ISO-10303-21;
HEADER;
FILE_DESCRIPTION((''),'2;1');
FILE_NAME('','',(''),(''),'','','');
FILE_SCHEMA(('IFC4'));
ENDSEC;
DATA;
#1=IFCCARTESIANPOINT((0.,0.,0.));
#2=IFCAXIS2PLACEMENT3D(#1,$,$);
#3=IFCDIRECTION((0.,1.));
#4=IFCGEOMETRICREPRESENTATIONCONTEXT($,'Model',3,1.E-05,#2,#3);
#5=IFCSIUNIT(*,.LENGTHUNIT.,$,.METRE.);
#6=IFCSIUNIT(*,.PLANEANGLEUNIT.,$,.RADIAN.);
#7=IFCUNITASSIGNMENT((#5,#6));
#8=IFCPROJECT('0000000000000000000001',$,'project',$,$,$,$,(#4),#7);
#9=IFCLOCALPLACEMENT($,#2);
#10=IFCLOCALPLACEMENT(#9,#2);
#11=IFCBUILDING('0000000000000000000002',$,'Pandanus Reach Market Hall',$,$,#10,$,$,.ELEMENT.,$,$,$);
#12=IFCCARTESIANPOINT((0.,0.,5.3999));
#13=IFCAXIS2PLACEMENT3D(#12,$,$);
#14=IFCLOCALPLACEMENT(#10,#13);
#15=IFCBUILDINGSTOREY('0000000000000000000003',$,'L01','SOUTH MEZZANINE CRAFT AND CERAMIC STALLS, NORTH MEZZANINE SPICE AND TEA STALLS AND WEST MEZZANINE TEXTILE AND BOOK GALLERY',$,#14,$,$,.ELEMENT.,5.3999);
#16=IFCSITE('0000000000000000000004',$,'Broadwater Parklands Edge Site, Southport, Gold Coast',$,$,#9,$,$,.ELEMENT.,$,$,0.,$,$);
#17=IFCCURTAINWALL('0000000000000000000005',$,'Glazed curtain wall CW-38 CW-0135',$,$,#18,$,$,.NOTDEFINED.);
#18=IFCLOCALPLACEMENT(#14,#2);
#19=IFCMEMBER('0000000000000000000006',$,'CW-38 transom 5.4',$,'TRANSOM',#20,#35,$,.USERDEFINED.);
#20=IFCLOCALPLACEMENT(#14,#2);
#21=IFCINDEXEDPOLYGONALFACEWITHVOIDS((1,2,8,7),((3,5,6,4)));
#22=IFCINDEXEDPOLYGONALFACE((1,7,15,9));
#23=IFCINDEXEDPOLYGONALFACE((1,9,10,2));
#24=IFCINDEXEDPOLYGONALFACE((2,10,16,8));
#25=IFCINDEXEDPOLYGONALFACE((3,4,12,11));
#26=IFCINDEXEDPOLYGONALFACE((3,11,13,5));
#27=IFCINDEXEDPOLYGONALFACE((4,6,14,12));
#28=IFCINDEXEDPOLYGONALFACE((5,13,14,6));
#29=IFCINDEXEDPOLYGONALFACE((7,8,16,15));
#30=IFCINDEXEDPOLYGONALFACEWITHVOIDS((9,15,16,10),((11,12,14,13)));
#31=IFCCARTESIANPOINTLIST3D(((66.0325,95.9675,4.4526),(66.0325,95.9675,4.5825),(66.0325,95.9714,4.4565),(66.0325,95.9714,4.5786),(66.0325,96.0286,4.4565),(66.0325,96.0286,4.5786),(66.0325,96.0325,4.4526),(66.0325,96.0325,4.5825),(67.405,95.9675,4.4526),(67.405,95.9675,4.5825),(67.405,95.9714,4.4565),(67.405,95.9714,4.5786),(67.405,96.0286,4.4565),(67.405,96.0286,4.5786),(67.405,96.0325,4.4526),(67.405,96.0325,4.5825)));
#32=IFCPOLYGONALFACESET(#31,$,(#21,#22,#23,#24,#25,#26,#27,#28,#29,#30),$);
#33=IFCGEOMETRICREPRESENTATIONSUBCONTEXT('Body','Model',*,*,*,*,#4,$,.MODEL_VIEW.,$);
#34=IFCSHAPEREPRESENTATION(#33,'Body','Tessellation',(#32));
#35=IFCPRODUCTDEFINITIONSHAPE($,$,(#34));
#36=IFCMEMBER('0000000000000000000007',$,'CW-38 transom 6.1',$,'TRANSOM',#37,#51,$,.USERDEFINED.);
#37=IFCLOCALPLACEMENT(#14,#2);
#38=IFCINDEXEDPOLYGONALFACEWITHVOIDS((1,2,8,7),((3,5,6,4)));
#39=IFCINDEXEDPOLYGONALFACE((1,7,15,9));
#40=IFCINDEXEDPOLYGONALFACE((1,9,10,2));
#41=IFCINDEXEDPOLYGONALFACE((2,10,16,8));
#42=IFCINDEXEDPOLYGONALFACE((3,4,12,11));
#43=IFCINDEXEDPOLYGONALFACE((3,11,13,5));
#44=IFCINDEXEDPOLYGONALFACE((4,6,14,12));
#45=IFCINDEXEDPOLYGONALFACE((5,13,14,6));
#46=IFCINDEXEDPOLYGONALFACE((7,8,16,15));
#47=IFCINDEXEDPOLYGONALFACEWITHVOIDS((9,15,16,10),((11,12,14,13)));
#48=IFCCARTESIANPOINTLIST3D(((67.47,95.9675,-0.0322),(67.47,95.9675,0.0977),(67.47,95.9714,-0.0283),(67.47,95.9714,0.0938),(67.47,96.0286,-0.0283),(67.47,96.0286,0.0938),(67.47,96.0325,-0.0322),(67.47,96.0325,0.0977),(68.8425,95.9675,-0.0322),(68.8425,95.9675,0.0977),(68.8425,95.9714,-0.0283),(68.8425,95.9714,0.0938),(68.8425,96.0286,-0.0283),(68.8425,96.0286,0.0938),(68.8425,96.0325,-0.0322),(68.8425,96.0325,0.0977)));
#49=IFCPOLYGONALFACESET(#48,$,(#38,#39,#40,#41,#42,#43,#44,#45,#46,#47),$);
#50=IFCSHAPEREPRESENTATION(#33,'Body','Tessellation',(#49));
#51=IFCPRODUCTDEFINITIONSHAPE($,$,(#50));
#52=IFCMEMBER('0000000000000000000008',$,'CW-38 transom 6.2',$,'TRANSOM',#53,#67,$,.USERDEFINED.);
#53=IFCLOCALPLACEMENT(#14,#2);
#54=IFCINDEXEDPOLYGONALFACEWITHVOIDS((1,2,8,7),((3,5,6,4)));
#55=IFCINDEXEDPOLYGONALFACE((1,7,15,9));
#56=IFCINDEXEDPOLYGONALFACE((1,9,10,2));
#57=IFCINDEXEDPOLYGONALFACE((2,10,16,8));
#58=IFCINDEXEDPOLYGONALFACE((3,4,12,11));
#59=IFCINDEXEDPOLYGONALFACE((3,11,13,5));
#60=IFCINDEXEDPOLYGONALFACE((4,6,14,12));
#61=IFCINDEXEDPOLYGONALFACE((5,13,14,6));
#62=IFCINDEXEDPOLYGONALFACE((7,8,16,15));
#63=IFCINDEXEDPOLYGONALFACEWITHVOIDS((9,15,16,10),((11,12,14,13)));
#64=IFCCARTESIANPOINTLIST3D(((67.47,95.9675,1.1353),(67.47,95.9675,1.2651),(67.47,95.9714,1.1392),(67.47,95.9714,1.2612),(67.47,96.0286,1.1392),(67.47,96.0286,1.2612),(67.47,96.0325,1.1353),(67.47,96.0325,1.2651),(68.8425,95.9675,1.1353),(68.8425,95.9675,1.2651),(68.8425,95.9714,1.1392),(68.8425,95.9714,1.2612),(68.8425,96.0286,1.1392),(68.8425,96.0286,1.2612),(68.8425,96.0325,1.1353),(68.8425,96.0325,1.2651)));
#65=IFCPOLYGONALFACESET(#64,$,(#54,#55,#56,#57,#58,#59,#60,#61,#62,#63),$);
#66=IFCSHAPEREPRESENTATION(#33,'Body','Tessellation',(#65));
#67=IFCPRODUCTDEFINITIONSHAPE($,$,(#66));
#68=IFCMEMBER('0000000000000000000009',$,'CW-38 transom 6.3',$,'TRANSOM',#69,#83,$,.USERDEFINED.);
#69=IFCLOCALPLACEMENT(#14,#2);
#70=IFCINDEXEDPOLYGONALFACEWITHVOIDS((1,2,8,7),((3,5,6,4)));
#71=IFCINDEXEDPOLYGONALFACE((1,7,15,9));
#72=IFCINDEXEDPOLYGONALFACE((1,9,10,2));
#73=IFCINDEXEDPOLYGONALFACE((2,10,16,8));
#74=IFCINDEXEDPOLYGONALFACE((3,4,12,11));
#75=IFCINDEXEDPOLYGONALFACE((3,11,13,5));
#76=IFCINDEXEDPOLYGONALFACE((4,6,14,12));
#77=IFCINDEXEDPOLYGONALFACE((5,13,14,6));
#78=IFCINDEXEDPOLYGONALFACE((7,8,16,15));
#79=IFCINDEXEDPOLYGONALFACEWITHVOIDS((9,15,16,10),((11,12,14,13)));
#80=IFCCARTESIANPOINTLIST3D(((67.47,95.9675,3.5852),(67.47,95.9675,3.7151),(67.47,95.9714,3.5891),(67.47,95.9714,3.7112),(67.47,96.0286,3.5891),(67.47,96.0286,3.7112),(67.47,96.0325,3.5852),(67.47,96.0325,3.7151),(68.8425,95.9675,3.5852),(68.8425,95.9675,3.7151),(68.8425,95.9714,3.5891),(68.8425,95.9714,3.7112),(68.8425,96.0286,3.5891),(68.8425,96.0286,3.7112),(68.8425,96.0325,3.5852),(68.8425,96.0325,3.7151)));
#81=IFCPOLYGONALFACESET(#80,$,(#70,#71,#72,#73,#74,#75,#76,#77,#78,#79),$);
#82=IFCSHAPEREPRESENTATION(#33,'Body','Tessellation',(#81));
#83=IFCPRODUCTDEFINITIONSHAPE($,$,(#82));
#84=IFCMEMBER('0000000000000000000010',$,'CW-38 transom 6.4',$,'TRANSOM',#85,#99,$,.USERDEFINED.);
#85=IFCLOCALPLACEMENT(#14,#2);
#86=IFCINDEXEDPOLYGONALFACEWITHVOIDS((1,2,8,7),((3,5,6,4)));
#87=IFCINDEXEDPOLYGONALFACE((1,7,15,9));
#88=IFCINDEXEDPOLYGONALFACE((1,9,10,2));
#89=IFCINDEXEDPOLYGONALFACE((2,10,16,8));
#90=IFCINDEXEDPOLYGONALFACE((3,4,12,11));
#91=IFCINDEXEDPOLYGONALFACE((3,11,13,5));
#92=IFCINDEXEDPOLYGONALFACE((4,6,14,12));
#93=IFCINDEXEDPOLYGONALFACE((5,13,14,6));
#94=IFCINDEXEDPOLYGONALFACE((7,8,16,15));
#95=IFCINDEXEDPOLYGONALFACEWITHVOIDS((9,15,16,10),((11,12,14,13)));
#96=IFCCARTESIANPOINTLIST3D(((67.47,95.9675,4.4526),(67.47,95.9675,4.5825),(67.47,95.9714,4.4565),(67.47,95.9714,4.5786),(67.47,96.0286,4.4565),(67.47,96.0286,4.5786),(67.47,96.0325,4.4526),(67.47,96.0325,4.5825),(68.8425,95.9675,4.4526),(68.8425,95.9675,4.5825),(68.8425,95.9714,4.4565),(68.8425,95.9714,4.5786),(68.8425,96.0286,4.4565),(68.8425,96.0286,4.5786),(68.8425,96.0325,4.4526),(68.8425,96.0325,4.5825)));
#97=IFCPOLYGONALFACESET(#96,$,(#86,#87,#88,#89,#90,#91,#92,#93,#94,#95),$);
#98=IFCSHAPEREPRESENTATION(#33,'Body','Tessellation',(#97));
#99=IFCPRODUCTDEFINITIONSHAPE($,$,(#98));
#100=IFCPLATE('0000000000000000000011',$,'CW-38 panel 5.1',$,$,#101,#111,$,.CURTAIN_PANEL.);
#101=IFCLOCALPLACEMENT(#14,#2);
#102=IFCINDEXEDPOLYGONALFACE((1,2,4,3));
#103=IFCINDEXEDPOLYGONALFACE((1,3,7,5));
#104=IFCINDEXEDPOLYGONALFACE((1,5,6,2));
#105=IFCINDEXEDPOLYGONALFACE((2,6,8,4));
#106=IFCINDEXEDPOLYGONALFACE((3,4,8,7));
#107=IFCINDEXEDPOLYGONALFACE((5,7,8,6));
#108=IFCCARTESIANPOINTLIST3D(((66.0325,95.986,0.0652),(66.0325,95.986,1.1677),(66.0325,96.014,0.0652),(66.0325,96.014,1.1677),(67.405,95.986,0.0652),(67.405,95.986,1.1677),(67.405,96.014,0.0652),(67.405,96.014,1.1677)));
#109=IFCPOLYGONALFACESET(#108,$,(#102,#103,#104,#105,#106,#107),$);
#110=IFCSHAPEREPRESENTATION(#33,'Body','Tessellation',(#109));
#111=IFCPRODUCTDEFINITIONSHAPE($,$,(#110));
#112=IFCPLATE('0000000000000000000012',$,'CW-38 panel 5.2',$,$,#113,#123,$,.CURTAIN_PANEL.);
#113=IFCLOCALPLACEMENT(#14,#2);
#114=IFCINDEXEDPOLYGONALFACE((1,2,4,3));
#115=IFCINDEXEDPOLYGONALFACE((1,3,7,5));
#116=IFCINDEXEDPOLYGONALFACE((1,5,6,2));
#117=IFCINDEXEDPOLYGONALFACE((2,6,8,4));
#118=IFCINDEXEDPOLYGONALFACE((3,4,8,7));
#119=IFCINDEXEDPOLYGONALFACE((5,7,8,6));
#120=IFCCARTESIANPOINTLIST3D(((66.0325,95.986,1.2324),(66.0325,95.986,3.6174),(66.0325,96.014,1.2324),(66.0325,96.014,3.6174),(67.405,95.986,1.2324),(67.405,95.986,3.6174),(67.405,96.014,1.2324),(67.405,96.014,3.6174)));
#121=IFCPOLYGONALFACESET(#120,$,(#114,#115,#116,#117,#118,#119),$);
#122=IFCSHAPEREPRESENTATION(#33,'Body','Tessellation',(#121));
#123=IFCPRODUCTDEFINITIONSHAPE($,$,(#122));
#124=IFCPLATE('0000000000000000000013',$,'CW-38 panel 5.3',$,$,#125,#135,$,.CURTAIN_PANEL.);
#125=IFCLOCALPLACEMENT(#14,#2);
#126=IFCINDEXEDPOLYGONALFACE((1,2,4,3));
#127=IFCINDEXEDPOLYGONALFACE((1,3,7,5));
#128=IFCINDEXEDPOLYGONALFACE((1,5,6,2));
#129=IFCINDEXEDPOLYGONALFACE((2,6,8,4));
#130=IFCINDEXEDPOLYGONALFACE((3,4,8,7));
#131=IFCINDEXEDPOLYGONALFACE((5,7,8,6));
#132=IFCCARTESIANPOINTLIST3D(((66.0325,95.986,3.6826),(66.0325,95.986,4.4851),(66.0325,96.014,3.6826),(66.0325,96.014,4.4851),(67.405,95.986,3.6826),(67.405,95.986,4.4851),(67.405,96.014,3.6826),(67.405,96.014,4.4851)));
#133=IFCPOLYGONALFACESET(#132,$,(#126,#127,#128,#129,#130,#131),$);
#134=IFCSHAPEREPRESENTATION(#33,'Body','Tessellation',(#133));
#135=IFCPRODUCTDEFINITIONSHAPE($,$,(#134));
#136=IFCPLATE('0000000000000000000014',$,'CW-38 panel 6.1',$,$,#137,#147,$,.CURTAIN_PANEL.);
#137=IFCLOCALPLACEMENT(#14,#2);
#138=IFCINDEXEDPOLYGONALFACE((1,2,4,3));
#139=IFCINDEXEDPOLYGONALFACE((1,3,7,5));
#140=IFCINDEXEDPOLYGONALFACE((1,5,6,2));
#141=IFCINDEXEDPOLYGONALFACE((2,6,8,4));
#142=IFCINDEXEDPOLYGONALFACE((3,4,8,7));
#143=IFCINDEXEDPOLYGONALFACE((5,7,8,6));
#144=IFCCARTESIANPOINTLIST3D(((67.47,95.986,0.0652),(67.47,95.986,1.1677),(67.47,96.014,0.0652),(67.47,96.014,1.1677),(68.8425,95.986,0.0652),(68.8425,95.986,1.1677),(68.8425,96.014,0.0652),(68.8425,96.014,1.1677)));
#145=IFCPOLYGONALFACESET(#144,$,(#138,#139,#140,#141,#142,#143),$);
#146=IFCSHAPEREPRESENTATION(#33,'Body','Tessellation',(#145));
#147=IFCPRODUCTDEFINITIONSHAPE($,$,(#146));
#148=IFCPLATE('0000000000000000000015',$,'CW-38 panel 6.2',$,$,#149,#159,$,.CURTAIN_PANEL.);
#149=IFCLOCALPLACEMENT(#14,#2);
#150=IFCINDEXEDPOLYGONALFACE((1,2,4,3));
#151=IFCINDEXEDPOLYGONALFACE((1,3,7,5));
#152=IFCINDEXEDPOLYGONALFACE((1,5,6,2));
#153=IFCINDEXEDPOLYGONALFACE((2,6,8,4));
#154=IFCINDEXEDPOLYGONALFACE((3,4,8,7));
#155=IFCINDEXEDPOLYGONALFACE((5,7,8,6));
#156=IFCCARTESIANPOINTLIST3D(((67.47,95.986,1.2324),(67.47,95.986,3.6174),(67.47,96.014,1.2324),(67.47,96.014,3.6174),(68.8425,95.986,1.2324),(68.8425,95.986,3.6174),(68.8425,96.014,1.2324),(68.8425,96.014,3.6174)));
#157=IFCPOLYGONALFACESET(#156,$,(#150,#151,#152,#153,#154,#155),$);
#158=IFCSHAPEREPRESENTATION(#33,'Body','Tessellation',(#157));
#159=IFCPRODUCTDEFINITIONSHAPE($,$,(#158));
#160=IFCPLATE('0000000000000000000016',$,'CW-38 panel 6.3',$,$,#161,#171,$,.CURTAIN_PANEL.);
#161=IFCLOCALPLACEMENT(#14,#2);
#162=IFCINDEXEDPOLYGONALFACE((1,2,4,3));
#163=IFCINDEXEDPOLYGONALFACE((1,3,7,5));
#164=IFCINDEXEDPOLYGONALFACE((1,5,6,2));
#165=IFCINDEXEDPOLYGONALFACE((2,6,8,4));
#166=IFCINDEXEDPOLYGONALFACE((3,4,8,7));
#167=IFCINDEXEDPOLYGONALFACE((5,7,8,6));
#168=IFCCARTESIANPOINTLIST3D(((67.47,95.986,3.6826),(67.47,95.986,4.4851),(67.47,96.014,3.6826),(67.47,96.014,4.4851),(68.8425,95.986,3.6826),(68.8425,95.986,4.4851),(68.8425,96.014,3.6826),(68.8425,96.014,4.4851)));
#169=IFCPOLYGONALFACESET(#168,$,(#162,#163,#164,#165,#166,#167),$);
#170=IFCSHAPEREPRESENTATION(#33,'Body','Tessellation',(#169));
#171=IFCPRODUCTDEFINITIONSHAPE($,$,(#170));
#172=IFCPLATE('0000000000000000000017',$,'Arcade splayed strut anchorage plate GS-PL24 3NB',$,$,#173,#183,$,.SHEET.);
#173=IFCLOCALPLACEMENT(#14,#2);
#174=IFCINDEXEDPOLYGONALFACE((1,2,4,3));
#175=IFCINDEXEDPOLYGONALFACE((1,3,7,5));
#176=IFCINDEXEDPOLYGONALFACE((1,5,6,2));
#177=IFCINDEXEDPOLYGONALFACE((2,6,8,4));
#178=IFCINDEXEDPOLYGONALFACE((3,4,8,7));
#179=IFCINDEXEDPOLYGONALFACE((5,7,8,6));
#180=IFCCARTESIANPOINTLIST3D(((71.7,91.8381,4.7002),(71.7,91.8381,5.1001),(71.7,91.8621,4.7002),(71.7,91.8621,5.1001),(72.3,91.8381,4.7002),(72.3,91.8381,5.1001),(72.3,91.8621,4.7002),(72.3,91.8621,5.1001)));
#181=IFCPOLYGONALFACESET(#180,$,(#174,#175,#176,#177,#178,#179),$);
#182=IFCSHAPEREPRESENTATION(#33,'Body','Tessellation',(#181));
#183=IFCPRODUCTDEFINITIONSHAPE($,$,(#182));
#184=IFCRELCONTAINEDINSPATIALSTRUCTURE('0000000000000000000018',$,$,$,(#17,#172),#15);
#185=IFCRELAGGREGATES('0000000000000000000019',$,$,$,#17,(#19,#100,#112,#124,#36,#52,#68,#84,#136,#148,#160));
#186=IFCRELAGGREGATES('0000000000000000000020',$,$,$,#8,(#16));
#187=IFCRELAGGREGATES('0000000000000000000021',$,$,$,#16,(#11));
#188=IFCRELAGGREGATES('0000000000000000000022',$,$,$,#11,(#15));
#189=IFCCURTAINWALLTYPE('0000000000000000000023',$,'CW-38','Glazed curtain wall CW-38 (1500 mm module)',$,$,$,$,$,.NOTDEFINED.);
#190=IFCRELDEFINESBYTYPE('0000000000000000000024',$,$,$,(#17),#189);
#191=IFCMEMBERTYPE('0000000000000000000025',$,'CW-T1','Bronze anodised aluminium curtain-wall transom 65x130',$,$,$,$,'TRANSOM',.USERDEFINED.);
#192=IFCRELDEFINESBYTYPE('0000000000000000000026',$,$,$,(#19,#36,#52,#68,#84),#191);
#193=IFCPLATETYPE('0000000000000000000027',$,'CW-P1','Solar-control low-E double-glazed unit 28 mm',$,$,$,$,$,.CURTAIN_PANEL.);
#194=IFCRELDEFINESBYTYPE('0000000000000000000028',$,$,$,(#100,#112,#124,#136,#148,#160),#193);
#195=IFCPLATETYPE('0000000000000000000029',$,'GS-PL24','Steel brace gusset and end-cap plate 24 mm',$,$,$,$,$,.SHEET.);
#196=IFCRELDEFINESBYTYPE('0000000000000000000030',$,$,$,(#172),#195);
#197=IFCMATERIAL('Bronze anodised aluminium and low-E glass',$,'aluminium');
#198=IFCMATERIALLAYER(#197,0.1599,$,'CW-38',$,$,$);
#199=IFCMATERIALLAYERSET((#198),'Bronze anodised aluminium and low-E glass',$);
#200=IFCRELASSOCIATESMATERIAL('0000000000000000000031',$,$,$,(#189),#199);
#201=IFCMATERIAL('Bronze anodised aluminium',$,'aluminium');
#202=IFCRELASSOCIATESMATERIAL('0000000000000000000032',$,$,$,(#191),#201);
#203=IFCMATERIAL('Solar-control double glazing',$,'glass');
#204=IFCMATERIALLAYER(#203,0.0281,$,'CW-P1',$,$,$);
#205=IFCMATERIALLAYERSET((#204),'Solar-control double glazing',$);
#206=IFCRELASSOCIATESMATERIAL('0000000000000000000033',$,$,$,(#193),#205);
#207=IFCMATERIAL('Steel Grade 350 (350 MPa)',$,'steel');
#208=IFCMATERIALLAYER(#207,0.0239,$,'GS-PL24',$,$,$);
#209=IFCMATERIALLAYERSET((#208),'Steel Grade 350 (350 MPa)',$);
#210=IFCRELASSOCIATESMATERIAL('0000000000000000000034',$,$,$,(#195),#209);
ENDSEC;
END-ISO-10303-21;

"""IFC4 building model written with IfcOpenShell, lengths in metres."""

from ifc_helpers import new_model, si_unit, direction, frame, origin, origin_2d, place, context, subcontext, project, spatial, rectangle, hollow_rectangle, extrude, material, layer, layer_set, material_profile, profile_set, type_object, element, aggregate, save


model = new_model("IFC4")

# Units and contexts
model_context = context("Model", 3, precision=1e-05, world=origin(), true_north=direction((0.0, 1.0)))
body_context = subcontext(model_context, "Body", "Model", "MODEL_VIEW")
ifc_project = project(units=[si_unit("LENGTHUNIT", "METRE"), si_unit("PLANEANGLEUNIT", "RADIAN")], contexts=[model_context])

# Site, building, storey
site_placement = place(None, origin())
site = spatial("IfcSite", under=ifc_project, at=site_placement, Name="Broadwater Parklands Edge Site, Southport, Gold Coast", CompositionType="ELEMENT", RefElevation=0.0)
building_placement = place(site_placement, origin())
building = spatial("IfcBuilding", under=site, at=building_placement, Name="Pandanus Reach Market Hall", CompositionType="ELEMENT")
storey_placement = place(building_placement, frame((0.0, 0.0, 5.3999)))
storey = spatial("IfcBuildingStorey", under=building, at=storey_placement, Name="L01", Description="SOUTH MEZZANINE CRAFT AND CERAMIC STALLS, NORTH MEZZANINE SPICE AND TEA STALLS AND WEST MEZZANINE TEXTILE AND BOOK GALLERY", CompositionType="ELEMENT", Elevation=5.3999)

# Shared definitions
ifc_material_1 = material(Name="Steel Grade 350 (350 MPa)", Category="steel")

# Curtain wall, members, plates
ifc_material_2 = material(Name="Bronze anodised aluminium and low-E glass", Category="aluminium")
ifc_layer_1 = layer(ifc_material_2, 0.1599, Name="CW-38")
ifc_layer_set_1 = layer_set([ifc_layer_1], Name="Bronze anodised aluminium and low-E glass")
curtain_wall_type = type_object("IfcCurtainWallType", Name="CW-38", Description="Glazed curtain wall CW-38 (1500 mm module)", PredefinedType="NOTDEFINED", material=ifc_layer_set_1)
curtain_wall_placement = place(storey_placement, origin())
curtain_wall = element("IfcCurtainWall", 1, at=curtain_wall_placement, inside=storey, type_object=curtain_wall_type, Name="Glazed curtain wall CW-38 CW-0135", PredefinedType="NOTDEFINED")
ifc_material_3 = material(Name="Bronze anodised aluminium", Category="aluminium")
ifc_material_profile_1 = material_profile(ifc_material_3, hollow_rectangle(XDim=0.0649, YDim=0.1299, WallThickness=0.0039, at=origin_2d()), Name="ALU65x130", Category="LoadBearing")
ifc_profile_set_1 = profile_set([ifc_material_profile_1], Name="Bronze anodised aluminium")
member_type_1 = type_object("IfcMemberType", Name="CW-T1", Description="Bronze anodised aluminium curtain-wall transom 65x130", ElementType="TRANSOM", PredefinedType="USERDEFINED", material=ifc_profile_set_1)
member_1_placement = place(storey_placement, frame((66.0325, 96.0, 4.5176), z_axis=(1.0, 0.0, 0.0), x_axis=(0.0, 1.0, 0.0)))
member_1 = element("IfcMember", 2, at=member_1_placement, type_object=member_type_1, Name="CW-38 transom 5.4", ObjectType="TRANSOM", PredefinedType="USERDEFINED", context=body_context, shape_type="SweptSolid", body=[
    extrude(hollow_rectangle(XDim=0.0649, YDim=0.1299, WallThickness=0.0039, at=origin_2d()), origin(), (0.0, 0.0, 1.0), 1.3726),
])
member_2_placement = place(storey_placement, frame((67.47, 96.0, 0.0327), z_axis=(1.0, 0.0, 0.0), x_axis=(0.0, 1.0, 0.0)))
member_2 = element("IfcMember", 3, at=member_2_placement, type_object=member_type_1, Name="CW-38 transom 6.1", ObjectType="TRANSOM", PredefinedType="USERDEFINED", context=body_context, shape_type="SweptSolid", body=[
    extrude(hollow_rectangle(XDim=0.0649, YDim=0.1299, WallThickness=0.0039, at=origin_2d()), origin(), (0.0, 0.0, 1.0), 1.3726),
])
member_3_placement = place(storey_placement, frame((67.47, 96.0, 1.2002), z_axis=(1.0, 0.0, 0.0), x_axis=(0.0, 1.0, 0.0)))
member_3 = element("IfcMember", 4, at=member_3_placement, type_object=member_type_1, Name="CW-38 transom 6.2", ObjectType="TRANSOM", PredefinedType="USERDEFINED", context=body_context, shape_type="SweptSolid", body=[
    extrude(hollow_rectangle(XDim=0.0649, YDim=0.1299, WallThickness=0.0039, at=origin_2d()), origin(), (0.0, 0.0, 1.0), 1.3726),
])
member_4_placement = place(storey_placement, frame((67.47, 96.0, 3.6501), z_axis=(1.0, 0.0, 0.0), x_axis=(0.0, 1.0, 0.0)))
member_4 = element("IfcMember", 5, at=member_4_placement, type_object=member_type_1, Name="CW-38 transom 6.3", ObjectType="TRANSOM", PredefinedType="USERDEFINED", context=body_context, shape_type="SweptSolid", body=[
    extrude(hollow_rectangle(XDim=0.0649, YDim=0.1299, WallThickness=0.0039, at=origin_2d()), origin(), (0.0, 0.0, 1.0), 1.3726),
])
member_5_placement = place(storey_placement, frame((67.47, 96.0, 4.5176), z_axis=(1.0, 0.0, 0.0), x_axis=(0.0, 1.0, 0.0)))
member_5 = element("IfcMember", 6, at=member_5_placement, type_object=member_type_1, Name="CW-38 transom 6.4", ObjectType="TRANSOM", PredefinedType="USERDEFINED", context=body_context, shape_type="SweptSolid", body=[
    extrude(hollow_rectangle(XDim=0.0649, YDim=0.1299, WallThickness=0.0039, at=origin_2d()), origin(), (0.0, 0.0, 1.0), 1.3726),
])
ifc_material_4 = material(Name="Solar-control double glazing", Category="glass")
ifc_layer_2 = layer(ifc_material_4, 0.0281, Name="CW-P1")
ifc_layer_set_2 = layer_set([ifc_layer_2], Name="Solar-control double glazing")
plate_type_1 = type_object("IfcPlateType", Name="CW-P1", Description="Solar-control low-E double-glazed unit 28 mm", PredefinedType="CURTAIN_PANEL", material=ifc_layer_set_2)
plate_1_placement = place(storey_placement, frame((66.7188, 96.0, 0.0652), z_axis=(0.0, 0.0, 1.0), x_axis=(1.0, 0.0, 0.0)))
plate_1 = element("IfcPlate", 7, at=plate_1_placement, type_object=plate_type_1, Name="CW-38 panel 5.1", PredefinedType="CURTAIN_PANEL", context=body_context, shape_type="SweptSolid", body=[
    extrude(rectangle(XDim=1.3726, YDim=0.0281, at=origin_2d()), origin(), (0.0, 0.0, 1.0), 1.1025),
])
plate_2_placement = place(storey_placement, frame((66.7188, 96.0, 1.2324), z_axis=(0.0, 0.0, 1.0), x_axis=(1.0, 0.0, 0.0)))
plate_2 = element("IfcPlate", 8, at=plate_2_placement, type_object=plate_type_1, Name="CW-38 panel 5.2", PredefinedType="CURTAIN_PANEL", context=body_context, shape_type="SweptSolid", body=[
    extrude(rectangle(XDim=1.3726, YDim=0.0281, at=origin_2d()), origin(), (0.0, 0.0, 1.0), 2.385),
])
plate_3_placement = place(storey_placement, frame((66.7188, 96.0, 3.6826), z_axis=(0.0, 0.0, 1.0), x_axis=(1.0, 0.0, 0.0)))
plate_3 = element("IfcPlate", 9, at=plate_3_placement, type_object=plate_type_1, Name="CW-38 panel 5.3", PredefinedType="CURTAIN_PANEL", context=body_context, shape_type="SweptSolid", body=[
    extrude(rectangle(XDim=1.3726, YDim=0.0281, at=origin_2d()), origin(), (0.0, 0.0, 1.0), 0.8025),
])
plate_4_placement = place(storey_placement, frame((68.1562, 96.0, 0.0652), z_axis=(0.0, 0.0, 1.0), x_axis=(1.0, 0.0, 0.0)))
plate_4 = element("IfcPlate", 10, at=plate_4_placement, type_object=plate_type_1, Name="CW-38 panel 6.1", PredefinedType="CURTAIN_PANEL", context=body_context, shape_type="SweptSolid", body=[
    extrude(rectangle(XDim=1.3726, YDim=0.0281, at=origin_2d()), origin(), (0.0, 0.0, 1.0), 1.1025),
])
plate_5_placement = place(storey_placement, frame((68.1562, 96.0, 1.2324), z_axis=(0.0, 0.0, 1.0), x_axis=(1.0, 0.0, 0.0)))
plate_5 = element("IfcPlate", 11, at=plate_5_placement, type_object=plate_type_1, Name="CW-38 panel 6.2", PredefinedType="CURTAIN_PANEL", context=body_context, shape_type="SweptSolid", body=[
    extrude(rectangle(XDim=1.3726, YDim=0.0281, at=origin_2d()), origin(), (0.0, 0.0, 1.0), 2.385),
])
plate_6_placement = place(storey_placement, frame((68.1562, 96.0, 3.6826), z_axis=(0.0, 0.0, 1.0), x_axis=(1.0, 0.0, 0.0)))
plate_6 = element("IfcPlate", 12, at=plate_6_placement, type_object=plate_type_1, Name="CW-38 panel 6.3", PredefinedType="CURTAIN_PANEL", context=body_context, shape_type="SweptSolid", body=[
    extrude(rectangle(XDim=1.3726, YDim=0.0281, at=origin_2d()), origin(), (0.0, 0.0, 1.0), 0.8025),
])
aggregate(curtain_wall, [member_1, plate_1, plate_2, plate_3, member_2, member_3, member_4, member_5, plate_4, plate_5, plate_6])

# Plate
ifc_layer_3 = layer(ifc_material_1, 0.0239, Name="GS-PL24")
ifc_layer_set_3 = layer_set([ifc_layer_3], Name="Steel Grade 350 (350 MPa)")
plate_type_2 = type_object("IfcPlateType", Name="GS-PL24", Description="Steel brace gusset and end-cap plate 24 mm", PredefinedType="SHEET", material=ifc_layer_set_3)
plate_7_placement = place(storey_placement, frame((72.0, 91.8501, 4.7002), z_axis=(0.0, 0.0, 1.0), x_axis=(1.0, 0.0, 0.0)))
element("IfcPlate", 13, at=plate_7_placement, inside=storey, type_object=plate_type_2, Name="Arcade splayed strut anchorage plate GS-PL24 3NB", PredefinedType="SHEET", context=body_context, shape_type="SweptSolid", body=[
    extrude(rectangle(XDim=0.6001, YDim=0.0239, at=origin_2d()), origin(), (0.0, 0.0, 1.0), 0.3999),
])

save(model, "model.ifc")
